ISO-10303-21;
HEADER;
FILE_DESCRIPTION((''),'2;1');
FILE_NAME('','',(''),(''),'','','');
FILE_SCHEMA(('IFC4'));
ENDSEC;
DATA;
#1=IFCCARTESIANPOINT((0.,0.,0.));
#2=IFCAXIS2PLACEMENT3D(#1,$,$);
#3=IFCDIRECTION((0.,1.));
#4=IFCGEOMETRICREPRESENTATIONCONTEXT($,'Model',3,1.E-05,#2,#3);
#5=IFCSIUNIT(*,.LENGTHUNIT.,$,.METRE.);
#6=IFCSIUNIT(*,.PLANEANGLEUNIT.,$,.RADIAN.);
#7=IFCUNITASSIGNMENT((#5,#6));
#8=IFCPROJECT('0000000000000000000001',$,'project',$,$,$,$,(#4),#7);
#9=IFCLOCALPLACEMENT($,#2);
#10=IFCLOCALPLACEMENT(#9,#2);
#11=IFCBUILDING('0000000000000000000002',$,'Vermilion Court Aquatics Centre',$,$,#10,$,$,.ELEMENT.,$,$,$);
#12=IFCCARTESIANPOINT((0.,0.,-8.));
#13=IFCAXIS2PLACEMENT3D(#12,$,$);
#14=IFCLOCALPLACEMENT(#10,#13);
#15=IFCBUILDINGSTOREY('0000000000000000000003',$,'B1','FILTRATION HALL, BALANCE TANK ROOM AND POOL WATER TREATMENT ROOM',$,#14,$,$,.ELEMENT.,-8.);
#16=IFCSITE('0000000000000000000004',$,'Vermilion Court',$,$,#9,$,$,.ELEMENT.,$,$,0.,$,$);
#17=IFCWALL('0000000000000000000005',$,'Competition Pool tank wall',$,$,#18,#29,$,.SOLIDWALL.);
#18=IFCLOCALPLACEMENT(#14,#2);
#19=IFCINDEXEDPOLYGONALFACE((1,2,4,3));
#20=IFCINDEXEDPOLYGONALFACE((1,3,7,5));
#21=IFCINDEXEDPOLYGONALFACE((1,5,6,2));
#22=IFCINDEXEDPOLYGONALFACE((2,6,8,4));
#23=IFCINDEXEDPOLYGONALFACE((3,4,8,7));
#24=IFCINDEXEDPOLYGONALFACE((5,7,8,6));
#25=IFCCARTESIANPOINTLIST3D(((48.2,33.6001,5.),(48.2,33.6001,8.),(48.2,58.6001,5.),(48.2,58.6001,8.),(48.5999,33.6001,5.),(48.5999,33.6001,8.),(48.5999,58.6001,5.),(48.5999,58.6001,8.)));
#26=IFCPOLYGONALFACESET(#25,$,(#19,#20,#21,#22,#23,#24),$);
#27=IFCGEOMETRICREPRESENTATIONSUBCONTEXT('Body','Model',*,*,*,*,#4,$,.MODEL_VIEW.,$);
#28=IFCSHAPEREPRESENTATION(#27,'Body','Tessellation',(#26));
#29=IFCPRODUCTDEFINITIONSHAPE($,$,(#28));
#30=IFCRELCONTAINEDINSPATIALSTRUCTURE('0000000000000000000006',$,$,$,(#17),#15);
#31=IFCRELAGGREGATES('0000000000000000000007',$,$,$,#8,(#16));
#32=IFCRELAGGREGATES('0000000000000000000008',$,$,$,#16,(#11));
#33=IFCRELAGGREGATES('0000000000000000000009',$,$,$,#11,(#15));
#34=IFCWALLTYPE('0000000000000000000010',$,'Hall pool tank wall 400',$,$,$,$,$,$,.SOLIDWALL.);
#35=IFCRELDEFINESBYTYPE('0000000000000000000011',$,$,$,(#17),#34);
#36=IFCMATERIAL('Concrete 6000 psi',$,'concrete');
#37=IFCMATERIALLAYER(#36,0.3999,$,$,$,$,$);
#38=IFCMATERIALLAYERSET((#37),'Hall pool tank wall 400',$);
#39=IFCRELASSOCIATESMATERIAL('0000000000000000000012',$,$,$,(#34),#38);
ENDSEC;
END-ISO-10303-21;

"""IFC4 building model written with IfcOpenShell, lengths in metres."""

from ifc_helpers import new_model, si_unit, direction, frame, frame_2d, origin, place, context, subcontext, project, spatial, rectangle, extrude, material, layer, layer_set, type_object, element, save


model = new_model("IFC4")

# Units and contexts
model_context = context("Model", 3, precision=1e-05, world=origin(), true_north=direction((0.0, 1.0)))
body_context = subcontext(model_context, "Body", "Model", "MODEL_VIEW")
ifc_project = project(units=[si_unit("LENGTHUNIT", "METRE"), si_unit("PLANEANGLEUNIT", "RADIAN")], contexts=[model_context])

# Site, building, storey
site_placement = place(None, origin())
site = spatial("IfcSite", under=ifc_project, at=site_placement, Name="Vermilion Court", CompositionType="ELEMENT", RefElevation=0.0)
building_placement = place(site_placement, origin())
building = spatial("IfcBuilding", under=site, at=building_placement, Name="Vermilion Court Aquatics Centre", CompositionType="ELEMENT")
storey_placement = place(building_placement, frame((0.0, 0.0, -8.0)))
storey = spatial("IfcBuildingStorey", under=building, at=storey_placement, Name="B1", Description="FILTRATION HALL, BALANCE TANK ROOM AND POOL WATER TREATMENT ROOM", CompositionType="ELEMENT", Elevation=-8.0)

# Wall
ifc_material_1 = material(Name="Concrete 6000 psi", Category="concrete")
ifc_layer_1 = layer(ifc_material_1, 0.3999)
ifc_layer_set_1 = layer_set([ifc_layer_1], Name="Hall pool tank wall 400")
wall_type_1 = type_object("IfcWallType", Name="Hall pool tank wall 400", PredefinedType="SOLIDWALL", material=ifc_layer_set_1)
wall_1_placement = place(storey_placement, frame((48.3999, 33.6001, 5.0), z_axis=(0.0, 0.0, 1.0), x_axis=(0.0, 1.0, 0.0)))
element("IfcWall", 1, at=wall_1_placement, inside=storey, type_object=wall_type_1, Name="Competition Pool tank wall", PredefinedType="SOLIDWALL", context=body_context, shape_type="SweptSolid", body=[
    extrude(rectangle(XDim=25.0, YDim=0.3999, at=frame_2d((12.5, 0.0))), origin(), (0.0, 0.0, 1.0), 3.0),
])

save(model, "model.ifc")
